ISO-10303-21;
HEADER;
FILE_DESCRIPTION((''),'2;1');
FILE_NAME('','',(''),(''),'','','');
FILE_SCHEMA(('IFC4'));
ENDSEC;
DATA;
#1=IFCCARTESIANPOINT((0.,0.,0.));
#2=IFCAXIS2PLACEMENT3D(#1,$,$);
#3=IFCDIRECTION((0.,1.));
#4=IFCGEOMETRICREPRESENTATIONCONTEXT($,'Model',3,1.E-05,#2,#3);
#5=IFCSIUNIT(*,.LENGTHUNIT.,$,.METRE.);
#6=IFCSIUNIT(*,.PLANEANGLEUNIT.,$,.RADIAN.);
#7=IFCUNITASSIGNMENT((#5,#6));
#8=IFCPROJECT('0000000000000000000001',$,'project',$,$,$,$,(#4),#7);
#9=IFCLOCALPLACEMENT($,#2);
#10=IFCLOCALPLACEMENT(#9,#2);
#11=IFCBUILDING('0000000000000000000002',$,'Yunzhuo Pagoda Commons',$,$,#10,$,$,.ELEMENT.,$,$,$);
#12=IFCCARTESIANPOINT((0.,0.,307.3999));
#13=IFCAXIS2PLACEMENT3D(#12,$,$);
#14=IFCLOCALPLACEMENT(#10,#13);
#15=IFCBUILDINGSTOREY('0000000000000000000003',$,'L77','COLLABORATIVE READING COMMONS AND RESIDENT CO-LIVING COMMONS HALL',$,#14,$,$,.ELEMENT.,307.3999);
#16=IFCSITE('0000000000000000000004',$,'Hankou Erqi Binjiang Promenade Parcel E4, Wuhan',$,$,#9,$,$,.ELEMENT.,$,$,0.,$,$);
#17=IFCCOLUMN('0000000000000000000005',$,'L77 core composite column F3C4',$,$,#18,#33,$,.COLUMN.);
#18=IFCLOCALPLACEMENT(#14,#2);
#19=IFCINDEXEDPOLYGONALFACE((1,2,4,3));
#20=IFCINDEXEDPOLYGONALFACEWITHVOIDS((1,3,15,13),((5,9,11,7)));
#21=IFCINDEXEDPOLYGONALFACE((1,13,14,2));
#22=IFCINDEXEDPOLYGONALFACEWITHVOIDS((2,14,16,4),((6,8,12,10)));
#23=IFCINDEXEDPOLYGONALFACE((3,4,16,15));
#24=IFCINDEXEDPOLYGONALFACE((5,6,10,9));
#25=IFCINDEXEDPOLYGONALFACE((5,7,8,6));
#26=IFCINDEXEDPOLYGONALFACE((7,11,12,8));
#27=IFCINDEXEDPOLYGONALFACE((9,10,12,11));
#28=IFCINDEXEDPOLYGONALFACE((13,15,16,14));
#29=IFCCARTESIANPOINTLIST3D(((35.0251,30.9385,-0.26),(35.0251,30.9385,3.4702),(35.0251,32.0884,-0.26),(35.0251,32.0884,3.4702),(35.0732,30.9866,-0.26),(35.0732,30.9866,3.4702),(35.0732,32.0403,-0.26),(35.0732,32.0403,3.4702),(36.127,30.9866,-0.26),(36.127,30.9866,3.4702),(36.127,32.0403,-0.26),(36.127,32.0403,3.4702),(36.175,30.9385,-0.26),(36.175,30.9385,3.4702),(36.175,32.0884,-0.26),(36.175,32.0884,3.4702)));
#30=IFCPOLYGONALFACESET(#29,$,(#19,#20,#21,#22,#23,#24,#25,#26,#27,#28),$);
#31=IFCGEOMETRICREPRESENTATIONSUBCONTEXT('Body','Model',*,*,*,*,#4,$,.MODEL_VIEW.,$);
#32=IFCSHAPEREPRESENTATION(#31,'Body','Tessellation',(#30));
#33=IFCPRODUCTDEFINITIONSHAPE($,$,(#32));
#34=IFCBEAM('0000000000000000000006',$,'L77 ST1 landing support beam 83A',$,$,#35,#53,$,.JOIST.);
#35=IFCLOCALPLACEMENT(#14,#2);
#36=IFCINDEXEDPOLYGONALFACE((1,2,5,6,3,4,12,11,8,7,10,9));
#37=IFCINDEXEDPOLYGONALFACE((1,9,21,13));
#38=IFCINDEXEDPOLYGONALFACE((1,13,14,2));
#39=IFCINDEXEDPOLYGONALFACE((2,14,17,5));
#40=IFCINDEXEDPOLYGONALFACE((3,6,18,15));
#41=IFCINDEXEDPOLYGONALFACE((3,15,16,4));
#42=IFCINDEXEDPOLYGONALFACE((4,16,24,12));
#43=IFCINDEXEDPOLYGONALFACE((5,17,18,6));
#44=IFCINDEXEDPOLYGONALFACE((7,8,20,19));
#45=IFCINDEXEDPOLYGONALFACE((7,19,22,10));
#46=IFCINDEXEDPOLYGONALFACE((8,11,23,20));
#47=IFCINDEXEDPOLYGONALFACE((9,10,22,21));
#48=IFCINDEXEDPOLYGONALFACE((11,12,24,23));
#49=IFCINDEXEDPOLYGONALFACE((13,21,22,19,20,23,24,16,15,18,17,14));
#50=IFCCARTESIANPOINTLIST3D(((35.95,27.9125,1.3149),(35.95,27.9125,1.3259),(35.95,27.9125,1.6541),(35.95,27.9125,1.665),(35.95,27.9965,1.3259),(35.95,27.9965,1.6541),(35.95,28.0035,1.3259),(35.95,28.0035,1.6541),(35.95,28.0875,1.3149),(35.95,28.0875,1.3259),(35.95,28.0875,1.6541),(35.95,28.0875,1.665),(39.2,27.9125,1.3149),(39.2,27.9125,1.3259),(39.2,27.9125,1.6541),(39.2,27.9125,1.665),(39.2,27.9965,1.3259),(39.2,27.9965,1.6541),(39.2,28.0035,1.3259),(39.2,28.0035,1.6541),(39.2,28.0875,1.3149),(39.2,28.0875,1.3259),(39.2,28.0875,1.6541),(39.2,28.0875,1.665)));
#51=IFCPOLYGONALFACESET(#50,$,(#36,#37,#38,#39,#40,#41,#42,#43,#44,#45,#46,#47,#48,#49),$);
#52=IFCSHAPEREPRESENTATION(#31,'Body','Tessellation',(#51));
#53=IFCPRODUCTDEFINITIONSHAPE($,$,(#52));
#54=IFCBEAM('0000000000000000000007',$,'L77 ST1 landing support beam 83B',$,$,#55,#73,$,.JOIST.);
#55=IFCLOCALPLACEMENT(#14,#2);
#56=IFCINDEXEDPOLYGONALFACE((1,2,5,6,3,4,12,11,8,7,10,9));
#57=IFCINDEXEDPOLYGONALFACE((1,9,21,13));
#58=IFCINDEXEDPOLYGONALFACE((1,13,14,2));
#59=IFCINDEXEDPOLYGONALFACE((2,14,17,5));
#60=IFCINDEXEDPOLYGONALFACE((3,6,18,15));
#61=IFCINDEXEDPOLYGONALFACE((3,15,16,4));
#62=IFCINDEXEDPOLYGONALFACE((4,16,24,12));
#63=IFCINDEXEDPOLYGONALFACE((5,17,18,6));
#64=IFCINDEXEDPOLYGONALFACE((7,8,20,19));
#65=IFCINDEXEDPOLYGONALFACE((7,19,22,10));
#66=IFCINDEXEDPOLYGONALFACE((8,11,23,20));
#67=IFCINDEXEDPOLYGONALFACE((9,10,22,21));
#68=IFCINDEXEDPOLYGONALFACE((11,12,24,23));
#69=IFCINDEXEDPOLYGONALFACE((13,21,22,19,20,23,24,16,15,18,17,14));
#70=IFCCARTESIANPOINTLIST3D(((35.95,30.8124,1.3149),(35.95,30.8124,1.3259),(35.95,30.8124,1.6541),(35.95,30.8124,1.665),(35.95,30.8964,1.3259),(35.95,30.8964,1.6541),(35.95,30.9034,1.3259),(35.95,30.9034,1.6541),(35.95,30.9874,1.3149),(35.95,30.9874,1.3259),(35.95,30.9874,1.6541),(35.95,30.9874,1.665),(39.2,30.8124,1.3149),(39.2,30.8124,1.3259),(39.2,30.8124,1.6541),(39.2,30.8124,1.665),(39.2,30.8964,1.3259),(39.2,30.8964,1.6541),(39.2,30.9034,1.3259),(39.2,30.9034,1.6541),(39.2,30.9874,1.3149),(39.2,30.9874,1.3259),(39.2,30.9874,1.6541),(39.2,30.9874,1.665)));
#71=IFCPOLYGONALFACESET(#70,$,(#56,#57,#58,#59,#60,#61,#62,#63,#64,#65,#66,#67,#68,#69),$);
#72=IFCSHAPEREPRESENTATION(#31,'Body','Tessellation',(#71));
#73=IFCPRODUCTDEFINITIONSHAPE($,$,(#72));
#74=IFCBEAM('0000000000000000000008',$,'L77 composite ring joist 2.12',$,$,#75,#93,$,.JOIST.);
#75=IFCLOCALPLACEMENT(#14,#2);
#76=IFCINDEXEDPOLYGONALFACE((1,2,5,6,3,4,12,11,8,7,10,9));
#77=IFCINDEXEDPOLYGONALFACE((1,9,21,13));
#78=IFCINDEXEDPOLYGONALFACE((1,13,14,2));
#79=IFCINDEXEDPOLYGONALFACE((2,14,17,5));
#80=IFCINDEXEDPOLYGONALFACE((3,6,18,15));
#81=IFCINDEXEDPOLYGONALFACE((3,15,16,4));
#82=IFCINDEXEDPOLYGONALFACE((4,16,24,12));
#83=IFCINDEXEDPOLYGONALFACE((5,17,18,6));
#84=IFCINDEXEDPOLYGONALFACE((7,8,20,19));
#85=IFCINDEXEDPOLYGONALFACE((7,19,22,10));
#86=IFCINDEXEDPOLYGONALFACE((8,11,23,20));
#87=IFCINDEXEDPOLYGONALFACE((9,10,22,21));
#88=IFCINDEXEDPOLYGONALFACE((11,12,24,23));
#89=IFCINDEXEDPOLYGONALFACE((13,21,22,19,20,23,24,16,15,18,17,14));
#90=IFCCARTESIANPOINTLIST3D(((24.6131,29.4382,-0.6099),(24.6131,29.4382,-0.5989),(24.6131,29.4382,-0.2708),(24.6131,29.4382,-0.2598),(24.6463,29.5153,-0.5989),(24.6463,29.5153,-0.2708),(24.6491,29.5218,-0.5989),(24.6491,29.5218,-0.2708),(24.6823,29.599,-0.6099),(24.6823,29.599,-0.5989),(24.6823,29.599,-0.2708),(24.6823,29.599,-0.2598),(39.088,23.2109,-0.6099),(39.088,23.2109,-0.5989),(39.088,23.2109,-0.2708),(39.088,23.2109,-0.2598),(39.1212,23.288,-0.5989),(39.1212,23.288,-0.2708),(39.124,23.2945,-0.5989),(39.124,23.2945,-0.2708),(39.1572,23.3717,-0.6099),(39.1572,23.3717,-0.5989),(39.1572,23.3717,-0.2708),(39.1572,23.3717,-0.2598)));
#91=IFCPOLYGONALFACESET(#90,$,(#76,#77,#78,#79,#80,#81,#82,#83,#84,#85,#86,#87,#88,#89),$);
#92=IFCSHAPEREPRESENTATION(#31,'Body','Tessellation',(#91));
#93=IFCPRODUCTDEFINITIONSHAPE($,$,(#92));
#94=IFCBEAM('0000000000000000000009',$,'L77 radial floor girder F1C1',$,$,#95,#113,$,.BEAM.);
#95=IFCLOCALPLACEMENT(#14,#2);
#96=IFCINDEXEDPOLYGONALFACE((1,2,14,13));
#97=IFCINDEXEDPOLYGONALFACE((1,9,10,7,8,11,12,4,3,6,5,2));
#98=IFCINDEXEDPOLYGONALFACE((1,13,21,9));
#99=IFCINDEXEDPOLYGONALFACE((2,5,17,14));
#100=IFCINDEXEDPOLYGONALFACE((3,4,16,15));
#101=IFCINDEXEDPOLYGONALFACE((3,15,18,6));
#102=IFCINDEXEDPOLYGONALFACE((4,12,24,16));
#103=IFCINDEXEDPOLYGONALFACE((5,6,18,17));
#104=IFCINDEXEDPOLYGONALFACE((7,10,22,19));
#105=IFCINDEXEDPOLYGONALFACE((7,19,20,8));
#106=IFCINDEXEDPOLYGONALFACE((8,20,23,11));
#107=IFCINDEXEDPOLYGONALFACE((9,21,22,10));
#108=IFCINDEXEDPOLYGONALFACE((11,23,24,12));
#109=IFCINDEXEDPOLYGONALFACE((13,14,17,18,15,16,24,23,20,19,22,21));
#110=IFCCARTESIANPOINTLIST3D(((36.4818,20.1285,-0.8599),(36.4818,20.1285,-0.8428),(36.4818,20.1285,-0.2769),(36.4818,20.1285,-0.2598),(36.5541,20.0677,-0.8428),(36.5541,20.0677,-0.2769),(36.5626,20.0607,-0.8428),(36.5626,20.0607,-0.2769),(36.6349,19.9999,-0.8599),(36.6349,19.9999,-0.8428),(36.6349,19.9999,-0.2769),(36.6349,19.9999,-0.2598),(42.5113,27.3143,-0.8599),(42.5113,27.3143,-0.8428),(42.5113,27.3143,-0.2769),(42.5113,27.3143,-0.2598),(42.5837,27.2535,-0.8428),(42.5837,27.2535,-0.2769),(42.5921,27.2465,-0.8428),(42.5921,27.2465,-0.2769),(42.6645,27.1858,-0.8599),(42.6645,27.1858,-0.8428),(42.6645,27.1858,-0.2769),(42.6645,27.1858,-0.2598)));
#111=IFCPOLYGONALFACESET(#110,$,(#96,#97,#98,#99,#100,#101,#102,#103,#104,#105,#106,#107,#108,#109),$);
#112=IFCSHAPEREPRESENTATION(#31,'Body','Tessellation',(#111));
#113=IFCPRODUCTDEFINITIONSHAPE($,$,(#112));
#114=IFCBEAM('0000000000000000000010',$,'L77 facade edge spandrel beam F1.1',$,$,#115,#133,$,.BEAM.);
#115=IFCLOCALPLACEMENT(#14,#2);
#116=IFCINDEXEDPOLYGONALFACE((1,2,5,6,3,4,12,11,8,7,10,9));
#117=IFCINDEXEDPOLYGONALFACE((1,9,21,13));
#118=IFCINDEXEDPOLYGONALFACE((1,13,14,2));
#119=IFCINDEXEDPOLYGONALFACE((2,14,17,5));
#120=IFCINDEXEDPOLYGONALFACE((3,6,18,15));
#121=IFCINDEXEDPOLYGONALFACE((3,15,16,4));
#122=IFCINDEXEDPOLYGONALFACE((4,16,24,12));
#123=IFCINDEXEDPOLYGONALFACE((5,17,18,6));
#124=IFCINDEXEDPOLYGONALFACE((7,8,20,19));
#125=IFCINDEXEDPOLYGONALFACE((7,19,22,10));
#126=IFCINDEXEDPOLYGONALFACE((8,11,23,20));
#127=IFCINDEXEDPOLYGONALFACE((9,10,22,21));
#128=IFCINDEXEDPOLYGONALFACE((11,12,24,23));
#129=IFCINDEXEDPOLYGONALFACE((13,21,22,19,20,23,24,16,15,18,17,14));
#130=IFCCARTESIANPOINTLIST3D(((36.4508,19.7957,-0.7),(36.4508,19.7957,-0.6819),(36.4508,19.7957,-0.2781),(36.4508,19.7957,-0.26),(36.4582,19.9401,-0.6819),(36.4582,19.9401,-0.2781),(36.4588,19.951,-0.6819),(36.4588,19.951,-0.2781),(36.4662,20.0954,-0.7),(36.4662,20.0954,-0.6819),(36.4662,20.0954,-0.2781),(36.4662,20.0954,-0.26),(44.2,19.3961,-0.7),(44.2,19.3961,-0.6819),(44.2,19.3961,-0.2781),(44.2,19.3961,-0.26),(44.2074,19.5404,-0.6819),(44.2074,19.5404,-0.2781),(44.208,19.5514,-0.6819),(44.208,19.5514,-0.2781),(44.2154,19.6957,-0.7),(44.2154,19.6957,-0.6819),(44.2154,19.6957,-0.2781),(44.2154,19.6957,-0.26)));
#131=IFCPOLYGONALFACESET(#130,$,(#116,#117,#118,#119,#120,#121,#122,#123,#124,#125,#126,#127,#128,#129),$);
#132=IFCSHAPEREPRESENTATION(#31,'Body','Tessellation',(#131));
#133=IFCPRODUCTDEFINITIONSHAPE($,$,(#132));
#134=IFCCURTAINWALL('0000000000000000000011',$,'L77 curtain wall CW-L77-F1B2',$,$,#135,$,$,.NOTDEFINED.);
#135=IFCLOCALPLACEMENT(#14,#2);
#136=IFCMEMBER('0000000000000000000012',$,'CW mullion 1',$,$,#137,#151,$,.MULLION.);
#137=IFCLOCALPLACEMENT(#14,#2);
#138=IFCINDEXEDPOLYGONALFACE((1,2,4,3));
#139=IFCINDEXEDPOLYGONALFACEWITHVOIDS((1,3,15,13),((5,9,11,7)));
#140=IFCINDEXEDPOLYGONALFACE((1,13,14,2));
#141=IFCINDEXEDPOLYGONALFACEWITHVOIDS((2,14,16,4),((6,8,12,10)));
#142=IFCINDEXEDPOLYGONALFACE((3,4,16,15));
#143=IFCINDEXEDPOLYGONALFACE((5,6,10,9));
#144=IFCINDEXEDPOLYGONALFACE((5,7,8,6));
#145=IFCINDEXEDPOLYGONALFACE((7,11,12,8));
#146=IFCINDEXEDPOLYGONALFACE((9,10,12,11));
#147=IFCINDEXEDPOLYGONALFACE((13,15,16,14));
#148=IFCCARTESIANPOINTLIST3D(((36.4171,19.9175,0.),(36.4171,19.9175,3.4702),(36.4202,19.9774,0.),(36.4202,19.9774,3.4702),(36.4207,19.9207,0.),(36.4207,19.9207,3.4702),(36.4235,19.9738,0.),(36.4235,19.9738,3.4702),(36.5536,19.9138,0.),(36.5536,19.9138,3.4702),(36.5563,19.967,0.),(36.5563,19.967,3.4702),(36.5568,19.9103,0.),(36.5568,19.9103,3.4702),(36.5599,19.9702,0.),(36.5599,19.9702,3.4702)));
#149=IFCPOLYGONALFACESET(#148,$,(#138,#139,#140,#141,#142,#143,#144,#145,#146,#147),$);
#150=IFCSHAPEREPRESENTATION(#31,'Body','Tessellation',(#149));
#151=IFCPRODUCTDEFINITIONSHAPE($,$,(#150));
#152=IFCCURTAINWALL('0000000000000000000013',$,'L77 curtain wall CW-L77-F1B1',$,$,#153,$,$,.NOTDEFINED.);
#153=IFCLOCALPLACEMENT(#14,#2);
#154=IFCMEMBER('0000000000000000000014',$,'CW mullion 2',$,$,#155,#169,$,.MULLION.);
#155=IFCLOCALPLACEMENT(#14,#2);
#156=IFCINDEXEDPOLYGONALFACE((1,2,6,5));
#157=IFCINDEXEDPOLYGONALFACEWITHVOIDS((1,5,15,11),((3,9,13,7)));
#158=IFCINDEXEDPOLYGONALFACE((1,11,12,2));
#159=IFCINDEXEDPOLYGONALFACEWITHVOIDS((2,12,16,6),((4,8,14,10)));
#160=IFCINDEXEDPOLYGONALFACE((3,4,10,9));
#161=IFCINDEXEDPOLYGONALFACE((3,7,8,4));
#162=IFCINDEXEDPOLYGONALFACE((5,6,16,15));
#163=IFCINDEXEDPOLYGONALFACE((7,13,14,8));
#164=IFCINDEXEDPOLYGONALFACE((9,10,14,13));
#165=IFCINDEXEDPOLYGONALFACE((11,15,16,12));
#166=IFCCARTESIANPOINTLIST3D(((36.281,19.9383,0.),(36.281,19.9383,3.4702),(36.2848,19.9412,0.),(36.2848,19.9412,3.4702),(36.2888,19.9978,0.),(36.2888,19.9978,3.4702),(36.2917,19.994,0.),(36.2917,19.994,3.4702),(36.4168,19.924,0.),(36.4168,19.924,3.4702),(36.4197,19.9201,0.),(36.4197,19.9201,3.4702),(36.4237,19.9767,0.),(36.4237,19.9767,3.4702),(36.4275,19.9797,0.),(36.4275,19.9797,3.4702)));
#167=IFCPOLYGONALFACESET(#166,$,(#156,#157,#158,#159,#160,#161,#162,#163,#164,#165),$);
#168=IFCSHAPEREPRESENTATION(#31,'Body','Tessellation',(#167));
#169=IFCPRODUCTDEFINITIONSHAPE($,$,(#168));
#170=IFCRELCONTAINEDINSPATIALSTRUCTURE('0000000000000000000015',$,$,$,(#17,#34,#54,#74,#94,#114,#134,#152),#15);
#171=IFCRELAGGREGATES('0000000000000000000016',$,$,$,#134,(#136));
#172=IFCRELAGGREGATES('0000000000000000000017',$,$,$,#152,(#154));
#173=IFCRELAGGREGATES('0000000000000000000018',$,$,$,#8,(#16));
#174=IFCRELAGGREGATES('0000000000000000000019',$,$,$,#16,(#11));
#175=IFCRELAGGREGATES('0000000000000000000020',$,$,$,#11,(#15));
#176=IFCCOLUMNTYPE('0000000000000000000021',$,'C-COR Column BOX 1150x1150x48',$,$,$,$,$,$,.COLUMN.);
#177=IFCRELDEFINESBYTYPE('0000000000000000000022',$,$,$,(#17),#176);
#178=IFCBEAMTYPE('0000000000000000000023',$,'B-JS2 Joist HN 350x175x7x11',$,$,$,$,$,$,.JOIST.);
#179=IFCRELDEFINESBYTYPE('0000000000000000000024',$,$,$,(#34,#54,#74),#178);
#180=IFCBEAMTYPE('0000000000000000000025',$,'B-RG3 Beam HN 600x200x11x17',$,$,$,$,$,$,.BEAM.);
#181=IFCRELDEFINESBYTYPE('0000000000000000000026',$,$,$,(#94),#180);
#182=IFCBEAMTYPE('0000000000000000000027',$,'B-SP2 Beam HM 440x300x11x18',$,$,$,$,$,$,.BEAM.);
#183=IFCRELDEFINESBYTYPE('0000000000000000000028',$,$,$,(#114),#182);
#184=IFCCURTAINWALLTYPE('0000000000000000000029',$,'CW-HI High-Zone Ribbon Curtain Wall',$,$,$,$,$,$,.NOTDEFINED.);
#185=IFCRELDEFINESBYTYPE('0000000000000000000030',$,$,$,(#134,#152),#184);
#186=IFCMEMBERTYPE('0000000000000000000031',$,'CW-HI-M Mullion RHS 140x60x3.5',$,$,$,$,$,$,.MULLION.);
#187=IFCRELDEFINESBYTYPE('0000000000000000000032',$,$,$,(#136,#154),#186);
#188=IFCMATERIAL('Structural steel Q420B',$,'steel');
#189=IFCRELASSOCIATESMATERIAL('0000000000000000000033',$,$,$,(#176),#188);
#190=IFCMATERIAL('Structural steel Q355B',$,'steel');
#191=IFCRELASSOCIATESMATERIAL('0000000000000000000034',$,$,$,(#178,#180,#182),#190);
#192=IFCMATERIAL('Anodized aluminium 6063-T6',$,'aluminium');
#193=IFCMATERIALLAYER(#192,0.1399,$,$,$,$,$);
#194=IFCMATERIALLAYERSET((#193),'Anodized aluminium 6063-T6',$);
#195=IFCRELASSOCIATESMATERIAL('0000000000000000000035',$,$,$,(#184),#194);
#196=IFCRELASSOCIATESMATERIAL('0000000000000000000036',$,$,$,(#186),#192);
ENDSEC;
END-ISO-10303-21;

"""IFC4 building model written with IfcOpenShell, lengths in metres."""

from ifc_helpers import new_model, si_unit, direction, frame, origin, origin_2d, place, context, subcontext, project, spatial, hollow_rectangle, i_section, extrude, source, transform, mapped, material, layer, layer_set, material_profile, profile_set, type_object, element, aggregate, save


model = new_model("IFC4")

# Units and contexts
model_context = context("Model", 3, precision=1e-05, world=origin(), true_north=direction((0.0, 1.0)))
body_context = subcontext(model_context, "Body", "Model", "MODEL_VIEW")
ifc_project = project(units=[si_unit("LENGTHUNIT", "METRE"), si_unit("PLANEANGLEUNIT", "RADIAN")], contexts=[model_context])

# Site, building, storey
site_placement = place(None, origin())
site = spatial("IfcSite", under=ifc_project, at=site_placement, Name="Hankou Erqi Binjiang Promenade Parcel E4, Wuhan", CompositionType="ELEMENT", RefElevation=0.0)
building_placement = place(site_placement, origin())
building = spatial("IfcBuilding", under=site, at=building_placement, Name="Yunzhuo Pagoda Commons", CompositionType="ELEMENT")
storey_placement = place(building_placement, frame((0.0, 0.0, 307.3999)))
storey = spatial("IfcBuildingStorey", under=building, at=storey_placement, Name="L77", Description="COLLABORATIVE READING COMMONS AND RESIDENT CO-LIVING COMMONS HALL", CompositionType="ELEMENT", Elevation=307.3999)

# Column
ifc_material_1 = material(Name="Structural steel Q420B", Category="steel")
ifc_material_profile_1 = material_profile(ifc_material_1, hollow_rectangle(XDim=1.1499, YDim=1.1499, WallThickness=0.0481, at=origin_2d()), Name="Structural steel Q420B")
ifc_profile_set_1 = profile_set([ifc_material_profile_1], Name="Structural steel Q420B")
column_type = type_object("IfcColumnType", Name="C-COR Column BOX 1150x1150x48", PredefinedType="COLUMN", material=ifc_profile_set_1)
shared_shape_1 = source(origin(), body_context, "Body", "SweptSolid", [
    extrude(hollow_rectangle(XDim=1.1499, YDim=1.1499, WallThickness=0.0481, at=origin_2d()), origin(), (0.0, 0.0, 1.0), 3.7302),
])
column_placement = place(storey_placement, frame((35.6001, 31.5134, -0.26), z_axis=(0.0, 0.0, 1.0), x_axis=(1.0, 0.0, 0.0)))
element("IfcColumn", 1, at=column_placement, inside=storey, type_object=column_type, Name="L77 core composite column F3C4", PredefinedType="COLUMN", context=body_context, shape_type="MappedRepresentation", body=[
    mapped(shared_shape_1, transform((0.0, 0.0, 0.0), scale=1.0)),
])

# Beams
ifc_material_2 = material(Name="Structural steel Q355B", Category="steel")
ifc_material_profile_2 = material_profile(ifc_material_2, i_section(OverallWidth=0.175, OverallDepth=0.3501, WebThickness=0.0071, FlangeThickness=0.011, at=origin_2d()), Name="Structural steel Q355B")
ifc_profile_set_2 = profile_set([ifc_material_profile_2], Name="Structural steel Q355B")
beam_type_1 = type_object("IfcBeamType", Name="B-JS2 Joist HN 350x175x7x11", PredefinedType="JOIST", material=ifc_profile_set_2)
shared_shape_2 = source(origin(), body_context, "Body", "SweptSolid", [
    extrude(i_section(OverallWidth=0.175, OverallDepth=0.3501, WebThickness=0.0071, FlangeThickness=0.011, at=origin_2d()), origin(), (0.0, 0.0, 1.0), 3.25),
])
for number, where, z_axis, x_axis, name in (
    (2, (35.95, 28.0, 1.49), (1.0, 0.0, 0.0), (0.0, 1.0, 0.0), "L77 ST1 landing support beam 83A"),
    (3, (35.95, 30.8999, 1.49), (1.0, 0.0, 0.0), (0.0, 1.0, 0.0), "L77 ST1 landing support beam 83B"),
):
    element("IfcBeam", number, at=place(storey_placement, frame(where, z_axis=z_axis, x_axis=x_axis)), inside=storey, type_object=beam_type_1, Name=name, PredefinedType="JOIST", context=body_context, shape_type="MappedRepresentation", body=[
        mapped(shared_shape_2, transform((0.0, 0.0, 0.0), scale=1.0)),
    ])
shared_shape_3 = source(origin(), body_context, "Body", "SweptSolid", [
    extrude(i_section(OverallWidth=0.175, OverallDepth=0.3501, WebThickness=0.0071, FlangeThickness=0.011, at=origin_2d()), origin(), (0.0, 0.0, 1.0), 15.7576),
])
beam_1_placement = place(storey_placement, frame((24.6477, 29.5186, -0.4348), z_axis=(0.918598, -0.395194, 0.0), x_axis=(0.395194, 0.918598, 0.0)))
element("IfcBeam", 4, at=beam_1_placement, inside=storey, type_object=beam_type_1, Name="L77 composite ring joist 2.12", PredefinedType="JOIST", context=body_context, shape_type="MappedRepresentation", body=[
    mapped(shared_shape_3, transform((0.0, 0.0, 0.0), scale=1.0)),
])
ifc_material_profile_3 = material_profile(ifc_material_2, i_section(OverallWidth=0.2, OverallDepth=0.6001, WebThickness=0.011, FlangeThickness=0.0171, at=origin_2d()), Name="Structural steel Q355B")
ifc_profile_set_3 = profile_set([ifc_material_profile_3], Name="Structural steel Q355B")
beam_type_2 = type_object("IfcBeamType", Name="B-RG3 Beam HN 600x200x11x17", PredefinedType="BEAM", material=ifc_profile_set_3)
shared_shape_4 = source(origin(), body_context, "Body", "SweptSolid", [
    extrude(i_section(OverallWidth=0.2, OverallDepth=0.6001, WebThickness=0.011, FlangeThickness=0.0171, at=origin_2d()), origin(), (0.0, 0.0, 1.0), 9.3804),
])
beam_2_placement = place(storey_placement, frame((36.5583, 20.0642, -0.5598), z_axis=(0.642784, 0.766047, 0.0), x_axis=(-0.766047, 0.642784, 0.0)))
element("IfcBeam", 5, at=beam_2_placement, inside=storey, type_object=beam_type_2, Name="L77 radial floor girder F1C1", PredefinedType="BEAM", context=body_context, shape_type="MappedRepresentation", body=[
    mapped(shared_shape_4, transform((0.0, 0.0, 0.0), scale=1.0)),
])
ifc_material_profile_4 = material_profile(ifc_material_2, i_section(OverallWidth=0.3, OverallDepth=0.4399, WebThickness=0.011, FlangeThickness=0.0181, at=origin_2d()), Name="Structural steel Q355B")
ifc_profile_set_4 = profile_set([ifc_material_profile_4], Name="Structural steel Q355B")
beam_type_3 = type_object("IfcBeamType", Name="B-SP2 Beam HM 440x300x11x18", PredefinedType="BEAM", material=ifc_profile_set_4)
shared_shape_5 = source(origin(), body_context, "Body", "SweptSolid", [
    extrude(i_section(OverallWidth=0.3, OverallDepth=0.4399, WebThickness=0.011, FlangeThickness=0.0181, at=origin_2d()), origin(), (0.0, 0.0, 1.0), 7.7595),
])
beam_3_placement = place(storey_placement, frame((36.4585, 19.9456, -0.48), z_axis=(0.998673, -0.051505, 0.0), x_axis=(0.051505, 0.998673, 0.0)))
element("IfcBeam", 6, at=beam_3_placement, inside=storey, type_object=beam_type_3, Name="L77 facade edge spandrel beam F1.1", PredefinedType="BEAM", context=body_context, shape_type="MappedRepresentation", body=[
    mapped(shared_shape_5, transform((0.0, 0.0, 0.0), scale=1.0)),
])

# Curtain walls, members
ifc_material_3 = material(Name="Anodized aluminium 6063-T6", Category="aluminium")
ifc_layer_1 = layer(ifc_material_3, 0.1399)
ifc_layer_set_1 = layer_set([ifc_layer_1], Name="Anodized aluminium 6063-T6")
curtain_wall_type = type_object("IfcCurtainWallType", Name="CW-HI High-Zone Ribbon Curtain Wall", PredefinedType="NOTDEFINED", material=ifc_layer_set_1)
curtain_wall_1_placement = place(storey_placement, origin())
curtain_wall_1 = element("IfcCurtainWall", 7, at=curtain_wall_1_placement, inside=storey, type_object=curtain_wall_type, Name="L77 curtain wall CW-L77-F1B2", PredefinedType="NOTDEFINED")
ifc_material_profile_5 = material_profile(ifc_material_3, hollow_rectangle(XDim=0.0601, YDim=0.1399, WallThickness=0.0034, at=origin_2d()), Name="Anodized aluminium 6063-T6")
ifc_profile_set_5 = profile_set([ifc_material_profile_5], Name="Anodized aluminium 6063-T6")
member_type_1 = type_object("IfcMemberType", Name="CW-HI-M Mullion RHS 140x60x3.5", PredefinedType="MULLION", material=ifc_profile_set_5)
shared_shape_6 = source(origin(), body_context, "Body", "SweptSolid", [
    extrude(hollow_rectangle(XDim=0.0601, YDim=0.1399, WallThickness=0.0034, at=origin_2d()), origin(), (0.0, 0.0, 1.0), 3.4702),
])
member_1_placement = place(storey_placement, frame((36.4885, 19.9438, 0.0), z_axis=(0.0, 0.0, 1.0), x_axis=(0.051462, 0.998675, 0.0)))
member_1 = element("IfcMember", 8, at=member_1_placement, type_object=member_type_1, Name="CW mullion 1", PredefinedType="MULLION", context=body_context, shape_type="MappedRepresentation", body=[
    mapped(shared_shape_6, transform((0.0, 0.0, 0.0), scale=1.0)),
])
curtain_wall_2_placement = place(storey_placement, origin())
curtain_wall_2 = element("IfcCurtainWall", 9, at=curtain_wall_2_placement, inside=storey, type_object=curtain_wall_type, Name="L77 curtain wall CW-L77-F1B1", PredefinedType="NOTDEFINED")
member_2_placement = place(storey_placement, frame((36.3542, 19.959, 0.0), z_axis=(0.0, 0.0, 1.0), x_axis=(0.129855, 0.991533, 0.0)))
member_2 = element("IfcMember", 10, at=member_2_placement, type_object=member_type_1, Name="CW mullion 2", PredefinedType="MULLION", context=body_context, shape_type="MappedRepresentation", body=[
    mapped(shared_shape_6, transform((0.0, 0.0, 0.0), scale=1.0)),
])

aggregate(curtain_wall_1, [member_1])

aggregate(curtain_wall_2, [member_2])

save(model, "model.ifc")
